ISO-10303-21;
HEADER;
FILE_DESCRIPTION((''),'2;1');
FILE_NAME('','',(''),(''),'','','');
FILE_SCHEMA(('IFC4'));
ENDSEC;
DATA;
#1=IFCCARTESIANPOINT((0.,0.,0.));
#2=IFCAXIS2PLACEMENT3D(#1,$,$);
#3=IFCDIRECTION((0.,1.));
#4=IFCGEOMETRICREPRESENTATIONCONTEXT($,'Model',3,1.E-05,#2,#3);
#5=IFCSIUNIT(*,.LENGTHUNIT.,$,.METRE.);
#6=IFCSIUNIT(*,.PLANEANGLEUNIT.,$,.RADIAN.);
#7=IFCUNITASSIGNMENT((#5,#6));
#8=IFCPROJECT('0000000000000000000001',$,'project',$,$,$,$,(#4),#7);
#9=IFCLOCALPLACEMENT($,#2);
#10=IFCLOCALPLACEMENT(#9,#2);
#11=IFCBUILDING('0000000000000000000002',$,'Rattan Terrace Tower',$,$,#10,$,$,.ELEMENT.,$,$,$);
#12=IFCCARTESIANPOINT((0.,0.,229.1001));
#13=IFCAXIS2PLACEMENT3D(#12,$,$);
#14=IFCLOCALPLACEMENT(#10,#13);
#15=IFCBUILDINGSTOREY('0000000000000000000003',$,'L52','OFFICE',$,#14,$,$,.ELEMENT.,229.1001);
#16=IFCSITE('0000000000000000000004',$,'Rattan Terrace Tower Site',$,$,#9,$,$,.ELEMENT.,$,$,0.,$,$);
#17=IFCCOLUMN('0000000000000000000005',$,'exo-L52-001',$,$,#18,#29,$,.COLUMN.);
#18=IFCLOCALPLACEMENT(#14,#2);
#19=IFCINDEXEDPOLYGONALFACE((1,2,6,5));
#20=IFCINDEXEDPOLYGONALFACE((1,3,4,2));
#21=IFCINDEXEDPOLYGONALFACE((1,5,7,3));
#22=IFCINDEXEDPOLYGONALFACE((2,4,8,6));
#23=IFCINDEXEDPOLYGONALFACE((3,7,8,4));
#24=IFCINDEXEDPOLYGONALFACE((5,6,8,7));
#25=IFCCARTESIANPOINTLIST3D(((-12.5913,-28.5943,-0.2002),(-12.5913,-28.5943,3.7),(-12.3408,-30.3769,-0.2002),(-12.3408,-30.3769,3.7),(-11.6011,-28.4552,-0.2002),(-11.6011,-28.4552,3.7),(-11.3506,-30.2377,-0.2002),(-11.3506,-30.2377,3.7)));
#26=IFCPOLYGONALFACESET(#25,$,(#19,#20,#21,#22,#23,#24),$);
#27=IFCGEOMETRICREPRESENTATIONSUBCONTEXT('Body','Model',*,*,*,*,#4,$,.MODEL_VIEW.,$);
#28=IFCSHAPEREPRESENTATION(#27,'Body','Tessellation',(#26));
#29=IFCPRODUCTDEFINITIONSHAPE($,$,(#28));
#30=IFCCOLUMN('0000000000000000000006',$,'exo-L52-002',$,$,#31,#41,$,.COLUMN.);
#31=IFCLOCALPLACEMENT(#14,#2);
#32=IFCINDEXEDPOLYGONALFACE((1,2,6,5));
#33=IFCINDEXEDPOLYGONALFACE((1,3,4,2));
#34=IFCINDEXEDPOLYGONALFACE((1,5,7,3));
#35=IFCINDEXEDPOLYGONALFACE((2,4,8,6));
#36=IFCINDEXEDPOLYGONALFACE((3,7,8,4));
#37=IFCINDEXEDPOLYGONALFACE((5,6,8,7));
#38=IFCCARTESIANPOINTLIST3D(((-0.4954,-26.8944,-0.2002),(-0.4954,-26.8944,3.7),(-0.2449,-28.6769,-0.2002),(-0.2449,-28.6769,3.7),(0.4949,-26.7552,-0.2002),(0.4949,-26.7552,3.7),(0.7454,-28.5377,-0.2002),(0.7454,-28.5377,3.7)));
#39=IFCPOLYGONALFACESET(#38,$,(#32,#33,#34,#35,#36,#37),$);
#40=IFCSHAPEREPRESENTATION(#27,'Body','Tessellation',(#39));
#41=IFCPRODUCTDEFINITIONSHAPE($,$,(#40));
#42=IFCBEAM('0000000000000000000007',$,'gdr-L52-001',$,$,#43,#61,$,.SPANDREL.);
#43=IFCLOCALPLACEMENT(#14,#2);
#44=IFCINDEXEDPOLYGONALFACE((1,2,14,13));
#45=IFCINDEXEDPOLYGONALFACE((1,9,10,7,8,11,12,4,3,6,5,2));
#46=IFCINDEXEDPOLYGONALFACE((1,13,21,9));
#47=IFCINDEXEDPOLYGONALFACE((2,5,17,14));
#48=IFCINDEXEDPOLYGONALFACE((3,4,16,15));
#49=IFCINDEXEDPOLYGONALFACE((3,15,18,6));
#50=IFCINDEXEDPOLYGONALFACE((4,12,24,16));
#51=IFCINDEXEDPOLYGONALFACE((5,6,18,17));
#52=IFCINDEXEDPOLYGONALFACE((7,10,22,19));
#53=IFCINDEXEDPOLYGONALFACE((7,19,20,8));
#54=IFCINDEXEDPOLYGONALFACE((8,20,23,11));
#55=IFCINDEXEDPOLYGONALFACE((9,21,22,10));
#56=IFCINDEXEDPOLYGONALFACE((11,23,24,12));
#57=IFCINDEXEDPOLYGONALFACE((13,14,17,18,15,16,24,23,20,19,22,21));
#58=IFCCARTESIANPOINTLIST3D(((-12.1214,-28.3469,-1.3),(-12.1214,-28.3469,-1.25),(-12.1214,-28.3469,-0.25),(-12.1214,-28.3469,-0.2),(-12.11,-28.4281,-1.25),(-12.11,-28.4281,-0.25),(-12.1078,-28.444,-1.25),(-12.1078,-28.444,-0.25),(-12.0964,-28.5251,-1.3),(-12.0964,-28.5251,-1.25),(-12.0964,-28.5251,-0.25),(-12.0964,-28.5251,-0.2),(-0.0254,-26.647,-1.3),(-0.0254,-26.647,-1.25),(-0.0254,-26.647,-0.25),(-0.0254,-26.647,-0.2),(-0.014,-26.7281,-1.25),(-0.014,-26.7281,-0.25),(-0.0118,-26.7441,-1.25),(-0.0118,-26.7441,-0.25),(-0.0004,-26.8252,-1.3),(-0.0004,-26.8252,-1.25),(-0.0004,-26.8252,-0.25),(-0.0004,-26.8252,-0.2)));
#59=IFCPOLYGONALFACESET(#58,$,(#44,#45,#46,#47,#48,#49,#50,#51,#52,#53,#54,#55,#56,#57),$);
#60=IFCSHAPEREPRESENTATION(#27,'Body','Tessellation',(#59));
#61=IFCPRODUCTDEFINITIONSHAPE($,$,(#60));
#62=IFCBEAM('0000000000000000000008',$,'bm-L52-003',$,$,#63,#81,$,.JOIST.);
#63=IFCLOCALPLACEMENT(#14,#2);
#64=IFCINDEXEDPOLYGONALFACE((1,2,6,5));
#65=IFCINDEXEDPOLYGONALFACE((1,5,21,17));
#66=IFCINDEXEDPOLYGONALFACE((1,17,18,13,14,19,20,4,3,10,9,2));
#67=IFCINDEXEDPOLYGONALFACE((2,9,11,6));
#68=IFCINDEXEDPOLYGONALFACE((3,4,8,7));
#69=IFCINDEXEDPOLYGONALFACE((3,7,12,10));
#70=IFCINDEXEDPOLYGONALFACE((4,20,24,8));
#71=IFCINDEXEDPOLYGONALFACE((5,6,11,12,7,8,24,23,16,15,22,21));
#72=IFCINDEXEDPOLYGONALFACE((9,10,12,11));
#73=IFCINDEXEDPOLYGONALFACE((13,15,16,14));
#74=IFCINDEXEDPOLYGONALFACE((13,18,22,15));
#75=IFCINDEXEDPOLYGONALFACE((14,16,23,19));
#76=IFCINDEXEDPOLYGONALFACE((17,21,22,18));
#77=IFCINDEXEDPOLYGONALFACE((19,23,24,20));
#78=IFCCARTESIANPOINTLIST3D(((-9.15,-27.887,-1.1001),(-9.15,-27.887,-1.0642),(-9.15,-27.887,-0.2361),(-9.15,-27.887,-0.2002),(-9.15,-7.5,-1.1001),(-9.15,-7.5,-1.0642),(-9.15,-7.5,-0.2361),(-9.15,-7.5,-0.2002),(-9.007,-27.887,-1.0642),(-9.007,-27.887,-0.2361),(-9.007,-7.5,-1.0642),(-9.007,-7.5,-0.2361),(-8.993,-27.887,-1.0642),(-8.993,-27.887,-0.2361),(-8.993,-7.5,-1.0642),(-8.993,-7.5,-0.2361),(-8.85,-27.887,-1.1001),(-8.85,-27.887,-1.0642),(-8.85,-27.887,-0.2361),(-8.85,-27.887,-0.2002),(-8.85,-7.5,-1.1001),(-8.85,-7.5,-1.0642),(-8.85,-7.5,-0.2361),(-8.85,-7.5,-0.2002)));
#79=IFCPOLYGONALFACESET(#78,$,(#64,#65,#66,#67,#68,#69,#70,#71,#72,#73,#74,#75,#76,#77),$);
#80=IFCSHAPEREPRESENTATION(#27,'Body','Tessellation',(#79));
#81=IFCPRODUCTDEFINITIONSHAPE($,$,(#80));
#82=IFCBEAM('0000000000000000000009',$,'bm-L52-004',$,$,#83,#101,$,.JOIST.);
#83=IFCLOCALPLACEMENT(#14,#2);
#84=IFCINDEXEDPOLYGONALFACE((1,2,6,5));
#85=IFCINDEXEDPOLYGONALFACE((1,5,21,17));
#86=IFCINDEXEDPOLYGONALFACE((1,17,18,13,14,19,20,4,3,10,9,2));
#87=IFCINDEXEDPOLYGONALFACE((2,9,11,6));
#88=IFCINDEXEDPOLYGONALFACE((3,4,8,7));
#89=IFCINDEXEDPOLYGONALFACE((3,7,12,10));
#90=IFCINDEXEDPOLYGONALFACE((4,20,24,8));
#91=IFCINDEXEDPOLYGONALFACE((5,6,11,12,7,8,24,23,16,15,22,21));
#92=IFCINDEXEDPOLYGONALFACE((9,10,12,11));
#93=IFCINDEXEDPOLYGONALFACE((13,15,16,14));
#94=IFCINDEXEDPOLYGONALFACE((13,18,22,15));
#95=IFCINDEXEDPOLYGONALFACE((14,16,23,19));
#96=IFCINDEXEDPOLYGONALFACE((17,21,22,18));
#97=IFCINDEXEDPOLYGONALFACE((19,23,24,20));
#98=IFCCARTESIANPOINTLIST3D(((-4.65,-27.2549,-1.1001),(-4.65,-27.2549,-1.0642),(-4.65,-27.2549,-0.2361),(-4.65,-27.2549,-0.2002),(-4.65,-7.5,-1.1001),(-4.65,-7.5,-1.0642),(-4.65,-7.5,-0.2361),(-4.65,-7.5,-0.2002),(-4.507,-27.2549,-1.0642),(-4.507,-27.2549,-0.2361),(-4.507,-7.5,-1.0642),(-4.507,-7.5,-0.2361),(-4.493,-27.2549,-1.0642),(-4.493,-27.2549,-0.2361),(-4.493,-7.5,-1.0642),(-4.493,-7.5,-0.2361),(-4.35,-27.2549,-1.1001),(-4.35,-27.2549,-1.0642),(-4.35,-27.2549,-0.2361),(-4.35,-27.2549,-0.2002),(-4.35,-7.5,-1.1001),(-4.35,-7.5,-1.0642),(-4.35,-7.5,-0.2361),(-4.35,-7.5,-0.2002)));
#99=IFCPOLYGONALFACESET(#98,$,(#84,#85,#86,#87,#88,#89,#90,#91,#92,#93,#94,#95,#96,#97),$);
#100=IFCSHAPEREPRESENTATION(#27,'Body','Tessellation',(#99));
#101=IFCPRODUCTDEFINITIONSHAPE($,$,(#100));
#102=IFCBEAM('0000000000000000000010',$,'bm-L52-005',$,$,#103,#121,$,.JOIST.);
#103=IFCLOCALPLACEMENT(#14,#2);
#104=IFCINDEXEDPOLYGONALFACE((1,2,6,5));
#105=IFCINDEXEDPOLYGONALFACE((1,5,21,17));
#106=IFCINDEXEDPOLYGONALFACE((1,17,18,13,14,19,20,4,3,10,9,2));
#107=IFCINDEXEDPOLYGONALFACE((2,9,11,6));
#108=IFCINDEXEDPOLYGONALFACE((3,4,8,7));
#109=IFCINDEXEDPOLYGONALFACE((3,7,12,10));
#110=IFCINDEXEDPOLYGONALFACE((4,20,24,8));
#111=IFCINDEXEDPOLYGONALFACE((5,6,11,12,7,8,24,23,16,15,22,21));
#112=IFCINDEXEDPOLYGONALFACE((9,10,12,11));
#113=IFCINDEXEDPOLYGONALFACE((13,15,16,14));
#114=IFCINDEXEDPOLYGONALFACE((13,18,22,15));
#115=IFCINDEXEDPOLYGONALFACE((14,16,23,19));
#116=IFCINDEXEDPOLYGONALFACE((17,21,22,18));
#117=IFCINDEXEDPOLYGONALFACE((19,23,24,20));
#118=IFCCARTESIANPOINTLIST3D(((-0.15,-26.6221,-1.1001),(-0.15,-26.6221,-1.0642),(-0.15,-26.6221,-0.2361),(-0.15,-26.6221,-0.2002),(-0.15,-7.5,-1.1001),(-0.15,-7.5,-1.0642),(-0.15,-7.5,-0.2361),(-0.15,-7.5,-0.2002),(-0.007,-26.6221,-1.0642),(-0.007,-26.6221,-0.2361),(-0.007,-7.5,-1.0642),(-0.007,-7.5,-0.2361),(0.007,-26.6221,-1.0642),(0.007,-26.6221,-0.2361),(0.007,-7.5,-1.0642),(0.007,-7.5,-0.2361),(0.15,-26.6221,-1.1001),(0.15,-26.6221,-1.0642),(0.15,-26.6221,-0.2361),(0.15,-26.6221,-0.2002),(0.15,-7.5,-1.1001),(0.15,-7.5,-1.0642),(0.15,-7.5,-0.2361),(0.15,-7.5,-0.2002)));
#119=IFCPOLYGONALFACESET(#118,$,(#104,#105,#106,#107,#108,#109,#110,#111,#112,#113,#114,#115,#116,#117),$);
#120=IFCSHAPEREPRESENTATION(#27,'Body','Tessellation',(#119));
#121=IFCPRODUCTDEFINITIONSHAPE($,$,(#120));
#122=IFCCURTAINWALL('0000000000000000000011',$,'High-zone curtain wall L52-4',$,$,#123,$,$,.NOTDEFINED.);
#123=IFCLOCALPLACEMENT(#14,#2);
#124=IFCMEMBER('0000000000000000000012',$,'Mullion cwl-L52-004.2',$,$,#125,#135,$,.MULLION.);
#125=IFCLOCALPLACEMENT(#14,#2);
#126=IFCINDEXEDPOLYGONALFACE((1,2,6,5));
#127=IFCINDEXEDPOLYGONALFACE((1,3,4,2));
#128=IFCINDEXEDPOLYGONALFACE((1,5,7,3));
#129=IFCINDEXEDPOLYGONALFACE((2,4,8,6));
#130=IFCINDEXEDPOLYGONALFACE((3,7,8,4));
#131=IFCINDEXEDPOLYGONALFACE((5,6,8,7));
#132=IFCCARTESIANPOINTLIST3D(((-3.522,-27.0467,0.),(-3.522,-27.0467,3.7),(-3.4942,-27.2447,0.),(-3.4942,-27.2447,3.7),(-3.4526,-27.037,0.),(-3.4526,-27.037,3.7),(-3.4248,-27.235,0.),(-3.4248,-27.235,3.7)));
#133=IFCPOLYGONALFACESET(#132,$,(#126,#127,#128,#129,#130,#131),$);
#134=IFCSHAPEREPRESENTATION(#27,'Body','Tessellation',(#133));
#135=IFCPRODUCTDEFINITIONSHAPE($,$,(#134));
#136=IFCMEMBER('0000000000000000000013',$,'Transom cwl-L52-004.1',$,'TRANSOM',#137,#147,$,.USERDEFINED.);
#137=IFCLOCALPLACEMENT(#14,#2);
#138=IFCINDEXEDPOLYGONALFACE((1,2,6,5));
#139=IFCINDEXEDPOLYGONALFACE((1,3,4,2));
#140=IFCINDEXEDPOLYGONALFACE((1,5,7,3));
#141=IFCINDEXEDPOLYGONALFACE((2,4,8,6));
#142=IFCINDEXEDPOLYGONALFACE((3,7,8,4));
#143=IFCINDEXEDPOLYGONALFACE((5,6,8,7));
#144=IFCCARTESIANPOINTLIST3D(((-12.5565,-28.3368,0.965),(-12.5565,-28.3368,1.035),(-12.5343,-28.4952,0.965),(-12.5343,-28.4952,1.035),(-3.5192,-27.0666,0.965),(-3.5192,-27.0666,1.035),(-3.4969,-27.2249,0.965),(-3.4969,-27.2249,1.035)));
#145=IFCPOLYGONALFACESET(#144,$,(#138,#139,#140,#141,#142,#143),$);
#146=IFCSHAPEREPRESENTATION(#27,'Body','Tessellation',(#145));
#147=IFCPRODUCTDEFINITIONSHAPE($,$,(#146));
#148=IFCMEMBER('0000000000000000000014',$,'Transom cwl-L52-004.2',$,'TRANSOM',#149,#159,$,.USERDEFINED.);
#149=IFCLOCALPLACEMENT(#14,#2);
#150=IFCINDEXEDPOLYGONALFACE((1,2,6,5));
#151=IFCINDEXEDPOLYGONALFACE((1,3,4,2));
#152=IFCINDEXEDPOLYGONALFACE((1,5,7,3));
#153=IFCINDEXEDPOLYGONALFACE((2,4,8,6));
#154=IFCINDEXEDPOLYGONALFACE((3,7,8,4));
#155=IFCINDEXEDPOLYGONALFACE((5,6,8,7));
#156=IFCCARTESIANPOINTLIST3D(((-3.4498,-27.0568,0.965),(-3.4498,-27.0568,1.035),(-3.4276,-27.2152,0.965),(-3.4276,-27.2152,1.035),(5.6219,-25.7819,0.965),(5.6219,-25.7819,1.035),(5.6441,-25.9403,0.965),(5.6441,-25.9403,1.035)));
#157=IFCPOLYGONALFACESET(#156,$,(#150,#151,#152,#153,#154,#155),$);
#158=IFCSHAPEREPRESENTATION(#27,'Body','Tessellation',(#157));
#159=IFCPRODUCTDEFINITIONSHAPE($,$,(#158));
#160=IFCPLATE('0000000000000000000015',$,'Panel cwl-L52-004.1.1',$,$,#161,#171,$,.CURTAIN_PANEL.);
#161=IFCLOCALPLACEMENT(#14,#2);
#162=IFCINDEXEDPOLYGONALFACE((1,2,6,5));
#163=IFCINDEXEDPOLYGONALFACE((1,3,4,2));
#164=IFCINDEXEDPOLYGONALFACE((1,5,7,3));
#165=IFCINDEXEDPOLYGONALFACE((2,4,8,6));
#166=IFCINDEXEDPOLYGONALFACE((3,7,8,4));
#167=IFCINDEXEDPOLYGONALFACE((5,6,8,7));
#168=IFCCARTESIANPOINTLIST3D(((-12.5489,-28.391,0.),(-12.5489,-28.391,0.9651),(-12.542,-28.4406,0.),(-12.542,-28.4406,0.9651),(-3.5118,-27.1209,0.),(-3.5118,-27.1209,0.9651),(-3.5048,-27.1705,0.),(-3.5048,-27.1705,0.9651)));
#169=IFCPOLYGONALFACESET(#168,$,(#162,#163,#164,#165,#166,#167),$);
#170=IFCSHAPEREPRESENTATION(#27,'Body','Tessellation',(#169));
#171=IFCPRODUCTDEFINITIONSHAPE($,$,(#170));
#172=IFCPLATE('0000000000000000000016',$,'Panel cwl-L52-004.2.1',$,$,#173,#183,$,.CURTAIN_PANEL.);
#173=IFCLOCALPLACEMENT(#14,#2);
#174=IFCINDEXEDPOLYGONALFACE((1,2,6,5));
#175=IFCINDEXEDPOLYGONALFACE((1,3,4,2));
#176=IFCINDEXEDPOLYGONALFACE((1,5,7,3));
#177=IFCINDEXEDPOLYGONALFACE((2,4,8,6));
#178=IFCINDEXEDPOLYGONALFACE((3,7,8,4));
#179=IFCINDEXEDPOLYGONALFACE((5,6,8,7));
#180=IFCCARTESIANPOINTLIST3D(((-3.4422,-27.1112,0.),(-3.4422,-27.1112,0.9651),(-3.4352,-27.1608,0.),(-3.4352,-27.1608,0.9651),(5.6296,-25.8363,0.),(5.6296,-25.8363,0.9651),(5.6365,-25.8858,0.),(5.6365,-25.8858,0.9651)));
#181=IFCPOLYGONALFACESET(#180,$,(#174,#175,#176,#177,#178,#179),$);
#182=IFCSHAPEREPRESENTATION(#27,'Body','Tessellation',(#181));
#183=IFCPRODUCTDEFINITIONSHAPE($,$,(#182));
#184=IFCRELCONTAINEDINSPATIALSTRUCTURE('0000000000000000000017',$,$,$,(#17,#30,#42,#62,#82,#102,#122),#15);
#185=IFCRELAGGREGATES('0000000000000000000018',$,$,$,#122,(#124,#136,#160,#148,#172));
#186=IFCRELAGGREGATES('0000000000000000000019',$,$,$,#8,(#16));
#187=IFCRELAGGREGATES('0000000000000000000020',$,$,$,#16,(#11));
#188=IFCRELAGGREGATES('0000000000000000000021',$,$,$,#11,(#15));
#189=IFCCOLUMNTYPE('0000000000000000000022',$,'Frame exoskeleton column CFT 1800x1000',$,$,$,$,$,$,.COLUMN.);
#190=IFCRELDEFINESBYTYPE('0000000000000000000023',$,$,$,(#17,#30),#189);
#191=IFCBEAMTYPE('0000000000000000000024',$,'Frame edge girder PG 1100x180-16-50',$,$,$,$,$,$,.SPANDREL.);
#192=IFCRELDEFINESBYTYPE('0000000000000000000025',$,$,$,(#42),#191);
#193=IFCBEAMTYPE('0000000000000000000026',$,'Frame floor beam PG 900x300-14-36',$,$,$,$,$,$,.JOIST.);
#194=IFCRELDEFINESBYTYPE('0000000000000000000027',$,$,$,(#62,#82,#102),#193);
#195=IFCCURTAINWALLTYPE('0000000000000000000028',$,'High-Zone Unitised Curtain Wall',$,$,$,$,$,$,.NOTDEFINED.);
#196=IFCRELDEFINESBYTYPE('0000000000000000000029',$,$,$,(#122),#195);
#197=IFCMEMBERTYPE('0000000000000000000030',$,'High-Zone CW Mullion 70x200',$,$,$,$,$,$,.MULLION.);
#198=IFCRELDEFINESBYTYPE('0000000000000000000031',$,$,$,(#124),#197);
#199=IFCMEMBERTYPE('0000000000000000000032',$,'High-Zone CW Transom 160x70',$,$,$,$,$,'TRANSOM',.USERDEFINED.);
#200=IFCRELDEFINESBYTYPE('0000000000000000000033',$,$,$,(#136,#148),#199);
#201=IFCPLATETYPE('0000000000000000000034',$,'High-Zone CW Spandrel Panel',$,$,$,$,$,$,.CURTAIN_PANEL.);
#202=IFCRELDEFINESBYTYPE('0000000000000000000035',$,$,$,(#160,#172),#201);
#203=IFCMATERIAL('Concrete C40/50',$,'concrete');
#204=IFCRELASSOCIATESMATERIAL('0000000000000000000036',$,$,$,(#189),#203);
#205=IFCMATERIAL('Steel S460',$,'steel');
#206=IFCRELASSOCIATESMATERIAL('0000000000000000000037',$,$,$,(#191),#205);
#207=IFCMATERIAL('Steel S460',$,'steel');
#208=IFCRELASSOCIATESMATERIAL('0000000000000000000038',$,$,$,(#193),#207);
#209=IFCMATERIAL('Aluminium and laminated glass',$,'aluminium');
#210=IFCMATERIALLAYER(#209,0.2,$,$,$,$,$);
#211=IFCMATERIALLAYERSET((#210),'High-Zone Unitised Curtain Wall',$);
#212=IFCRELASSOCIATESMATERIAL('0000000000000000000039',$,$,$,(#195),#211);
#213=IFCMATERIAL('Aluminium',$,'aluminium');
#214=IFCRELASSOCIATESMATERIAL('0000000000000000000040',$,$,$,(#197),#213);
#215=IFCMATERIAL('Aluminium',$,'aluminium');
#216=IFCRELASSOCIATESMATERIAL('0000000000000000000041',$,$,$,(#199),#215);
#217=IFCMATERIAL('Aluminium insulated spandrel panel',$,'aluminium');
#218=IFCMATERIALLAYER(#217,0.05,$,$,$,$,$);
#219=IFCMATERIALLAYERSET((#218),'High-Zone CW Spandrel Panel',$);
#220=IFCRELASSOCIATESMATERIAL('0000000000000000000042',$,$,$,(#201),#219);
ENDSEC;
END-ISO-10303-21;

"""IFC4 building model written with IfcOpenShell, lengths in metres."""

from ifc_helpers import new_model, si_unit, direction, frame, origin, origin_2d, place, context, subcontext, project, spatial, rectangle, i_section, extrude, material, layer, layer_set, material_profile, profile_set, type_object, element, aggregate, save


model = new_model("IFC4")

# Units and contexts
model_context = context("Model", 3, precision=1e-05, world=origin(), true_north=direction((0.0, 1.0)))
body_context = subcontext(model_context, "Body", "Model", "MODEL_VIEW")
ifc_project = project(units=[si_unit("LENGTHUNIT", "METRE"), si_unit("PLANEANGLEUNIT", "RADIAN")], contexts=[model_context])

# Site, building, storey
site_placement = place(None, origin())
site = spatial("IfcSite", under=ifc_project, at=site_placement, Name="Rattan Terrace Tower Site", CompositionType="ELEMENT", RefElevation=0.0)
building_placement = place(site_placement, origin())
building = spatial("IfcBuilding", under=site, at=building_placement, Name="Rattan Terrace Tower", CompositionType="ELEMENT")
storey_placement = place(building_placement, frame((0.0, 0.0, 229.1001)))
storey = spatial("IfcBuildingStorey", under=building, at=storey_placement, Name="L52", Description="OFFICE", CompositionType="ELEMENT", Elevation=229.1001)

# Columns
ifc_material_1 = material(Name="Concrete C40/50", Category="concrete")
ifc_material_profile_1 = material_profile(ifc_material_1, rectangle(XDim=1.0, YDim=1.8, at=origin_2d()), Name="CFT 1800x1000")
ifc_profile_set_1 = profile_set([ifc_material_profile_1], Name="Concrete C40/50")
column_type = type_object("IfcColumnType", Name="Frame exoskeleton column CFT 1800x1000", PredefinedType="COLUMN", material=ifc_profile_set_1)
for number, where, z_axis, x_axis, name in (
    (1, (-11.9709, -29.416, -0.2002), (0.0, 0.0, 1.0), (0.990268, 0.139173, 0.0), "exo-L52-001"),
    (2, (0.125, -27.7161, -0.2002), (0.0, 0.0, 1.0), (0.990268, 0.139173, 0.0), "exo-L52-002"),
):
    element("IfcColumn", number, at=place(storey_placement, frame(where, z_axis=z_axis, x_axis=x_axis)), inside=storey, type_object=column_type, Name=name, PredefinedType="COLUMN", context=body_context, shape_type="SweptSolid", body=[
        extrude(rectangle(XDim=1.0, YDim=1.8, at=origin_2d()), origin(), (0.0, 0.0, 1.0), 3.9001),
    ])

# Beams
ifc_material_2 = material(Name="Steel S460", Category="steel")
ifc_material_profile_2 = material_profile(ifc_material_2, i_section(OverallWidth=0.1799, OverallDepth=1.1001, WebThickness=0.0161, FlangeThickness=0.05, at=origin_2d()), Name="PG 1100x180-16-50")
ifc_profile_set_2 = profile_set([ifc_material_profile_2], Name="Steel S460")
beam_type_1 = type_object("IfcBeamType", Name="Frame edge girder PG 1100x180-16-50", PredefinedType="SPANDREL", material=ifc_profile_set_2)
beam_1_placement = place(storey_placement, frame((-12.1089, -28.436, -0.75), z_axis=(0.990268, 0.139171, 0.0), x_axis=(-0.139171, 0.990268, 0.0)))
element("IfcBeam", 3, at=beam_1_placement, inside=storey, type_object=beam_type_1, Name="gdr-L52-001", PredefinedType="SPANDREL", context=body_context, shape_type="SweptSolid", body=[
    extrude(i_section(OverallWidth=0.1799, OverallDepth=1.1001, WebThickness=0.0161, FlangeThickness=0.05, at=origin_2d()), origin(), (0.0, 0.0, 1.0), 12.2148),
])
ifc_material_3 = material(Name="Steel S460", Category="steel")
ifc_material_profile_3 = material_profile(ifc_material_3, i_section(OverallWidth=0.3, OverallDepth=0.8999, WebThickness=0.0139, FlangeThickness=0.0359, at=origin_2d()), Name="PG 900x300-14-36")
ifc_profile_set_3 = profile_set([ifc_material_profile_3], Name="Steel S460")
beam_type_2 = type_object("IfcBeamType", Name="Frame floor beam PG 900x300-14-36", PredefinedType="JOIST", material=ifc_profile_set_3)
beam_2_placement = place(storey_placement, frame((-9.0, -27.887, -0.6501), z_axis=(0.0, 1.0, 0.0), x_axis=(-1.0, 0.0, 0.0)))
element("IfcBeam", 4, at=beam_2_placement, inside=storey, type_object=beam_type_2, Name="bm-L52-003", PredefinedType="JOIST", context=body_context, shape_type="SweptSolid", body=[
    extrude(i_section(OverallWidth=0.3, OverallDepth=0.8999, WebThickness=0.0139, FlangeThickness=0.0359, at=origin_2d()), origin(), (0.0, 0.0, 1.0), 20.387),
])
beam_3_placement = place(storey_placement, frame((-4.5, -27.2549, -0.6501), z_axis=(0.0, 1.0, 0.0), x_axis=(-1.0, 0.0, 0.0)))
element("IfcBeam", 5, at=beam_3_placement, inside=storey, type_object=beam_type_2, Name="bm-L52-004", PredefinedType="JOIST", context=body_context, shape_type="SweptSolid", body=[
    extrude(i_section(OverallWidth=0.3, OverallDepth=0.8999, WebThickness=0.0139, FlangeThickness=0.0359, at=origin_2d()), origin(), (0.0, 0.0, 1.0), 19.7549),
])
beam_4_placement = place(storey_placement, frame((0.0, -26.6221, -0.6501), z_axis=(0.0, 1.0, 0.0), x_axis=(-1.0, 0.0, 0.0)))
element("IfcBeam", 6, at=beam_4_placement, inside=storey, type_object=beam_type_2, Name="bm-L52-005", PredefinedType="JOIST", context=body_context, shape_type="SweptSolid", body=[
    extrude(i_section(OverallWidth=0.3, OverallDepth=0.8999, WebThickness=0.0139, FlangeThickness=0.0359, at=origin_2d()), origin(), (0.0, 0.0, 1.0), 19.1221),
])

# Curtain wall, members, plates
ifc_material_4 = material(Name="Aluminium and laminated glass", Category="aluminium")
ifc_layer_1 = layer(ifc_material_4, 0.2)
ifc_layer_set_1 = layer_set([ifc_layer_1], Name="High-Zone Unitised Curtain Wall")
curtain_wall_type = type_object("IfcCurtainWallType", Name="High-Zone Unitised Curtain Wall", PredefinedType="NOTDEFINED", material=ifc_layer_set_1)
curtain_wall_placement = place(storey_placement, origin())
curtain_wall = element("IfcCurtainWall", 7, at=curtain_wall_placement, inside=storey, type_object=curtain_wall_type, Name="High-zone curtain wall L52-4", PredefinedType="NOTDEFINED")
ifc_material_5 = material(Name="Aluminium", Category="aluminium")
ifc_material_profile_4 = material_profile(ifc_material_5, rectangle(XDim=0.0701, YDim=0.2, at=origin_2d()), Name="Aluminium 70x200")
ifc_profile_set_4 = profile_set([ifc_material_profile_4], Name="Aluminium")
member_type_1 = type_object("IfcMemberType", Name="High-Zone CW Mullion 70x200", PredefinedType="MULLION", material=ifc_profile_set_4)
member_1_placement = place(storey_placement, frame((-3.4734, -27.1409, 0.0), z_axis=(0.0, 0.0, 1.0), x_axis=(0.990267, 0.139177, 0.0)))
member_1 = element("IfcMember", 8, at=member_1_placement, type_object=member_type_1, Name="Mullion cwl-L52-004.2", PredefinedType="MULLION", context=body_context, shape_type="SweptSolid", body=[
    extrude(rectangle(XDim=0.0701, YDim=0.2, at=origin_2d()), origin(), (0.0, 0.0, 1.0), 3.7),
])
ifc_material_6 = material(Name="Aluminium", Category="aluminium")
ifc_material_profile_5 = material_profile(ifc_material_6, rectangle(XDim=0.1599, YDim=0.0701, at=origin_2d()), Name="Aluminium 160x70")
ifc_profile_set_5 = profile_set([ifc_material_profile_5], Name="Aluminium")
member_type_2 = type_object("IfcMemberType", Name="High-Zone CW Transom 160x70", ElementType="TRANSOM", PredefinedType="USERDEFINED", material=ifc_profile_set_5)
member_2_placement = place(storey_placement, frame((-12.5454, -28.416, 1.0), z_axis=(0.990266, 0.139189, 0.0), x_axis=(-0.139189, 0.990266, 0.0)))
member_2 = element("IfcMember", 9, at=member_2_placement, type_object=member_type_2, Name="Transom cwl-L52-004.1", ObjectType="TRANSOM", PredefinedType="USERDEFINED", context=body_context, shape_type="SweptSolid", body=[
    extrude(rectangle(XDim=0.1599, YDim=0.0701, at=origin_2d()), origin(), (0.0, 0.0, 1.0), 9.1262),
])
member_3_placement = place(storey_placement, frame((-3.4387, -27.136, 1.0), z_axis=(0.990269, 0.139167, 0.0), x_axis=(-0.139167, 0.990269, 0.0)))
member_3 = element("IfcMember", 10, at=member_3_placement, type_object=member_type_2, Name="Transom cwl-L52-004.2", ObjectType="TRANSOM", PredefinedType="USERDEFINED", context=body_context, shape_type="SweptSolid", body=[
    extrude(rectangle(XDim=0.1599, YDim=0.0701, at=origin_2d()), origin(), (0.0, 0.0, 1.0), 9.1609),
])
ifc_material_7 = material(Name="Aluminium insulated spandrel panel", Category="aluminium")
ifc_layer_2 = layer(ifc_material_7, 0.05)
ifc_layer_set_2 = layer_set([ifc_layer_2], Name="High-Zone CW Spandrel Panel")
plate_type_1 = type_object("IfcPlateType", Name="High-Zone CW Spandrel Panel", PredefinedType="CURTAIN_PANEL", material=ifc_layer_set_2)
plate_1_placement = place(storey_placement, frame((-8.0269, -27.7808, 0.0), z_axis=(0.0, 0.0, 1.0), x_axis=(0.990267, 0.139177, 0.0)))
plate_1 = element("IfcPlate", 11, at=plate_1_placement, type_object=plate_type_1, Name="Panel cwl-L52-004.1.1", PredefinedType="CURTAIN_PANEL", context=body_context, shape_type="SweptSolid", body=[
    extrude(rectangle(XDim=9.126, YDim=0.05, at=origin_2d()), origin(), (0.0, 0.0, 1.0), 0.9651),
])
plate_2_placement = place(storey_placement, frame((1.0972, -26.4985, 0.0), z_axis=(0.0, 0.0, 1.0), x_axis=(0.990267, 0.139177, 0.0)))
plate_2 = element("IfcPlate", 12, at=plate_2_placement, type_object=plate_type_1, Name="Panel cwl-L52-004.2.1", PredefinedType="CURTAIN_PANEL", context=body_context, shape_type="SweptSolid", body=[
    extrude(rectangle(XDim=9.1609, YDim=0.05, at=origin_2d()), origin(), (0.0, 0.0, 1.0), 0.9651),
])
aggregate(curtain_wall, [member_1, member_2, plate_1, member_3, plate_2])

save(model, "model.ifc")
